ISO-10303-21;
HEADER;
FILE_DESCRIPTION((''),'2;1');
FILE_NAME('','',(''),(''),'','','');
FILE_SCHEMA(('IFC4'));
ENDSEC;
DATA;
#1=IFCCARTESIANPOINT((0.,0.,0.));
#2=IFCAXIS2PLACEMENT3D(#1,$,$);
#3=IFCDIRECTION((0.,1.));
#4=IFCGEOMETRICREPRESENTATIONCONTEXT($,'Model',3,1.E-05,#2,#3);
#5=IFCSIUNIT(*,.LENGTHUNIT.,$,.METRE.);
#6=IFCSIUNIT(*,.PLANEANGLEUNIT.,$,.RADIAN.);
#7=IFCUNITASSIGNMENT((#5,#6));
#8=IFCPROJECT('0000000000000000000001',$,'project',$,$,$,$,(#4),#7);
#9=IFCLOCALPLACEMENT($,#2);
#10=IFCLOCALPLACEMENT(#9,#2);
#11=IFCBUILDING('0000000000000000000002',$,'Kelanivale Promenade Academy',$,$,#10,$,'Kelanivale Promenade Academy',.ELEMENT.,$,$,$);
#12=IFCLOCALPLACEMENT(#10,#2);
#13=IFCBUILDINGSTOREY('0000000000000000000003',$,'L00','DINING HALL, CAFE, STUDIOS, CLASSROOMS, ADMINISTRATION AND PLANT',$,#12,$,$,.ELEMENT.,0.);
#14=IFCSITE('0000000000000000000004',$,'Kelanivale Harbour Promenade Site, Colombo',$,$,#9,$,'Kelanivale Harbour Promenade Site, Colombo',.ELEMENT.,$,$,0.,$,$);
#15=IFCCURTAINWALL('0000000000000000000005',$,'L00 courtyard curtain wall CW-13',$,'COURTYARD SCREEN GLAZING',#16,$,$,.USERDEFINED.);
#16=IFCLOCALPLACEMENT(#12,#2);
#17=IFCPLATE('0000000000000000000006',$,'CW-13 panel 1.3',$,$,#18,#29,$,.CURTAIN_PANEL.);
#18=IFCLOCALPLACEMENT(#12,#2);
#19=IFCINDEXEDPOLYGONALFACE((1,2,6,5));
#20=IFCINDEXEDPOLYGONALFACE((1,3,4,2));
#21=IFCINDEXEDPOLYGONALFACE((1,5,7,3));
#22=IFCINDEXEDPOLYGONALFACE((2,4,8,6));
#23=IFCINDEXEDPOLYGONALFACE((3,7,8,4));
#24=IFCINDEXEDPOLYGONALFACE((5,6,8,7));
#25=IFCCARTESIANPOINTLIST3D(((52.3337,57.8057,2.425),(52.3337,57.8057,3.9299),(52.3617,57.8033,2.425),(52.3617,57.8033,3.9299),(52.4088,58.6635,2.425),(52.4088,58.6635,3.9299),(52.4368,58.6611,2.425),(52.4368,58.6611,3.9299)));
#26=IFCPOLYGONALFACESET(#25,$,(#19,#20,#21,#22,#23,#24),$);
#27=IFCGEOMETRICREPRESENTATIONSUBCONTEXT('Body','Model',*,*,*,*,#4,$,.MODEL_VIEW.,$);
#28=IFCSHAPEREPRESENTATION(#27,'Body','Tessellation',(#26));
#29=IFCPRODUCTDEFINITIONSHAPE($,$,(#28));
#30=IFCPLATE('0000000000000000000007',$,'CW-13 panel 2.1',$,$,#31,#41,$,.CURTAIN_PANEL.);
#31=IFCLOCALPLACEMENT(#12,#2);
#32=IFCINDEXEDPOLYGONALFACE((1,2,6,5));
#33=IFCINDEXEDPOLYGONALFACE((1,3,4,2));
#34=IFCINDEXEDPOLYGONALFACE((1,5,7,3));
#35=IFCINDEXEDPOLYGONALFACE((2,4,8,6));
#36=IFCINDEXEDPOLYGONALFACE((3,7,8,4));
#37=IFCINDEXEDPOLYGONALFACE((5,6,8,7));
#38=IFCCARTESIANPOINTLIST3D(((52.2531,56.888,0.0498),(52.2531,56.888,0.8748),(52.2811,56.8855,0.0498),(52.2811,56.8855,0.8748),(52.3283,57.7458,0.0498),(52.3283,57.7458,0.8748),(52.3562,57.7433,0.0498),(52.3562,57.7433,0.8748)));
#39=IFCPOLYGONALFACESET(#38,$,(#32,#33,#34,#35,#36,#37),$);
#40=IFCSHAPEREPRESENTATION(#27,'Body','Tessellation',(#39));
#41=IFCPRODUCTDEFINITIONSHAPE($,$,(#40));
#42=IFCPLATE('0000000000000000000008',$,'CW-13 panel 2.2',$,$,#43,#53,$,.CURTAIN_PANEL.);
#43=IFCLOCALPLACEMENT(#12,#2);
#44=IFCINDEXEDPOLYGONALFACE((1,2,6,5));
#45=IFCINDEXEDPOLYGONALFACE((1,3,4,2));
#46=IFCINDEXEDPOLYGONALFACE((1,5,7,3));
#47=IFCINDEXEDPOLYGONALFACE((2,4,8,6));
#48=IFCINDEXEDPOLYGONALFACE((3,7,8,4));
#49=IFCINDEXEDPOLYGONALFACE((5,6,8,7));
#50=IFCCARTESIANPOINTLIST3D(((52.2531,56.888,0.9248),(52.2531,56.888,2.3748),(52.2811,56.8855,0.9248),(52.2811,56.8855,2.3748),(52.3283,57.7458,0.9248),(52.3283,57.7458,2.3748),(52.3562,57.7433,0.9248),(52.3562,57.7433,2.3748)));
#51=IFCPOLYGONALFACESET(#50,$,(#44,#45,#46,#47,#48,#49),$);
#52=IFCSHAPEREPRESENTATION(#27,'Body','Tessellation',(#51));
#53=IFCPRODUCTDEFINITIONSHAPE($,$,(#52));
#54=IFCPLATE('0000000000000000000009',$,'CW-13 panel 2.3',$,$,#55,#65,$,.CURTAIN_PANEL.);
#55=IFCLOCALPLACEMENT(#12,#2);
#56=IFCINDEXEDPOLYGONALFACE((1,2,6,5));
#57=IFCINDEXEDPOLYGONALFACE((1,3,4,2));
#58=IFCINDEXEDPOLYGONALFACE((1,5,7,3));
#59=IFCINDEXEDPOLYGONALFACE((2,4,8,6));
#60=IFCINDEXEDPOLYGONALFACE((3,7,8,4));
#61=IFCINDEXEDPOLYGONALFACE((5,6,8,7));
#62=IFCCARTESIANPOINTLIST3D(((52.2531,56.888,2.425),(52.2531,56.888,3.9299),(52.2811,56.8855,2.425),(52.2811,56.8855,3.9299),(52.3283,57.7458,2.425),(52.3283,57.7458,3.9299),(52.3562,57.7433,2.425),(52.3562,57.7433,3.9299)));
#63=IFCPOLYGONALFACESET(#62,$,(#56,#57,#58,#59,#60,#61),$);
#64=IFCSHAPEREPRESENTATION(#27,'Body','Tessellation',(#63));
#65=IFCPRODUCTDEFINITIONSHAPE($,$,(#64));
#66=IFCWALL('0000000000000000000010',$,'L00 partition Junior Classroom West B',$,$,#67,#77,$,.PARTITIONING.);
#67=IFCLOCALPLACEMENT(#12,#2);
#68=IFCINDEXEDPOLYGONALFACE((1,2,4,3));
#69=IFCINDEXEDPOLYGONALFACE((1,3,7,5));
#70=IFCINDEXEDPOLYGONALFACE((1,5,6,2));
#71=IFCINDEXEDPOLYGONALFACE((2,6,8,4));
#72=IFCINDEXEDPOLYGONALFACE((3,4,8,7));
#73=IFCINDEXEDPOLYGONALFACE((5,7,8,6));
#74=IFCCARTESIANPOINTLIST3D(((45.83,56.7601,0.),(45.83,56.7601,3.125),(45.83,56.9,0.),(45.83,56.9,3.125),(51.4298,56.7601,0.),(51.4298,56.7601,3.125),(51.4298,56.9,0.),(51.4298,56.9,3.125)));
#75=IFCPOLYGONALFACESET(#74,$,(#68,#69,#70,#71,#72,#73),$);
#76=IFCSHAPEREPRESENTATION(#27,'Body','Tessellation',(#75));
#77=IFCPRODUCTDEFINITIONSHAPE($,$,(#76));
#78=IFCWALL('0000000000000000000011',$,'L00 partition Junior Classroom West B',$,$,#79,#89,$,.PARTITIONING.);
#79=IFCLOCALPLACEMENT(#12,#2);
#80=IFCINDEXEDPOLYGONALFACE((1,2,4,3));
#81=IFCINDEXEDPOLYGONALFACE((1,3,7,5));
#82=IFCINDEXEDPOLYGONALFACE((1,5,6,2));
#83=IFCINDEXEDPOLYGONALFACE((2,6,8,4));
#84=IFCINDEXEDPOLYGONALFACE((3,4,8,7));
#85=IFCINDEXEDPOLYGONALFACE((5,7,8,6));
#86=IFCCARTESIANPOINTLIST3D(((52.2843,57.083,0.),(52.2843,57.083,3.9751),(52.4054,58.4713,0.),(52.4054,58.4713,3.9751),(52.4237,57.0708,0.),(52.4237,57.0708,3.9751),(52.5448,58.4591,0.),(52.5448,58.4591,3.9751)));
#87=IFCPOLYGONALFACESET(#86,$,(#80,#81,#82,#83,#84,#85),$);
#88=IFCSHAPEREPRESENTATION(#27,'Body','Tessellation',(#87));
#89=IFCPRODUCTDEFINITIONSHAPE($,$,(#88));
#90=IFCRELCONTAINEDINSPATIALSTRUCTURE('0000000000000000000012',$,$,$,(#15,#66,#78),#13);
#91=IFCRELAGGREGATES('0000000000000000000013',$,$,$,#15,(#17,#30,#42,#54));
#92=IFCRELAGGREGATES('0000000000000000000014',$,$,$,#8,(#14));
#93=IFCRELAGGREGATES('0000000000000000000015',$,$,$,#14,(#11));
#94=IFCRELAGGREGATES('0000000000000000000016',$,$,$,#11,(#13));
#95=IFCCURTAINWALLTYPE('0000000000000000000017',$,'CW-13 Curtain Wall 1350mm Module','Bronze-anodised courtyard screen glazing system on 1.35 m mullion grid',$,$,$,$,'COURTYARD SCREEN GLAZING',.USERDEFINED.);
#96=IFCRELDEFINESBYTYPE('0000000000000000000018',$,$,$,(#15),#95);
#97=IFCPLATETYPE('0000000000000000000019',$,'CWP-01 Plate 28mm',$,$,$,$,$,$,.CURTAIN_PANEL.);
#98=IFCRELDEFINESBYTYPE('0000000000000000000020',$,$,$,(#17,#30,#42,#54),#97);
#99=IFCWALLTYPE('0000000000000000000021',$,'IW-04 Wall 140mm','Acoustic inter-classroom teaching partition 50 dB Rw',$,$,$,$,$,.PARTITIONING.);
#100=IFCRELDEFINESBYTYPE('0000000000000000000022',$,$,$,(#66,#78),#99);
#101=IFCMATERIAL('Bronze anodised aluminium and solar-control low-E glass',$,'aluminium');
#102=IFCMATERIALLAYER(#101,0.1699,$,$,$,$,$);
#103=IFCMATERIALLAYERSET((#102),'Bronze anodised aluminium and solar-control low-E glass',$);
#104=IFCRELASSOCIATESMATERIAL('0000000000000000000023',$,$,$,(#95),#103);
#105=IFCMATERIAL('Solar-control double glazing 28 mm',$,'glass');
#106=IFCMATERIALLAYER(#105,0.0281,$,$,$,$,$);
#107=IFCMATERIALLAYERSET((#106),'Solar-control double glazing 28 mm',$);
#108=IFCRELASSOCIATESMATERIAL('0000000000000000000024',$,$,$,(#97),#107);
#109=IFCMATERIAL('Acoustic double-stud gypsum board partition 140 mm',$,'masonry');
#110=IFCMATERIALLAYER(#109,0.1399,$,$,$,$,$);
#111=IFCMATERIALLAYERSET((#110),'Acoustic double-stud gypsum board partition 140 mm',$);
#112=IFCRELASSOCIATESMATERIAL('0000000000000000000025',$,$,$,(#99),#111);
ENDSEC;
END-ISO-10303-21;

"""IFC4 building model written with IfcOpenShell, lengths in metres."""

from ifc_helpers import new_model, si_unit, direction, frame, frame_2d, origin, origin_2d, place, context, subcontext, project, spatial, rectangle, extrude, material, layer, layer_set, type_object, element, aggregate, save


model = new_model("IFC4")

# Units and contexts
model_context = context("Model", 3, precision=1e-05, world=origin(), true_north=direction((0.0, 1.0)))
body_context = subcontext(model_context, "Body", "Model", "MODEL_VIEW")
ifc_project = project(units=[si_unit("LENGTHUNIT", "METRE"), si_unit("PLANEANGLEUNIT", "RADIAN")], contexts=[model_context])

# Site, building, storey
site_placement = place(None, origin())
site = spatial("IfcSite", under=ifc_project, at=site_placement, Name="Kelanivale Harbour Promenade Site, Colombo", LongName="Kelanivale Harbour Promenade Site, Colombo", CompositionType="ELEMENT", RefElevation=0.0)
building_placement = place(site_placement, origin())
building = spatial("IfcBuilding", under=site, at=building_placement, Name="Kelanivale Promenade Academy", LongName="Kelanivale Promenade Academy", CompositionType="ELEMENT")
storey_placement = place(building_placement, origin())
storey = spatial("IfcBuildingStorey", under=building, at=storey_placement, Name="L00", Description="DINING HALL, CAFE, STUDIOS, CLASSROOMS, ADMINISTRATION AND PLANT", CompositionType="ELEMENT", Elevation=0.0)

# Curtain wall
ifc_material_1 = material(Name="Bronze anodised aluminium and solar-control low-E glass", Category="aluminium")
ifc_layer_1 = layer(ifc_material_1, 0.1699)
ifc_layer_set_1 = layer_set([ifc_layer_1], Name="Bronze anodised aluminium and solar-control low-E glass")
curtain_wall_type_1 = type_object("IfcCurtainWallType", Name="CW-13 Curtain Wall 1350mm Module", Description="Bronze-anodised courtyard screen glazing system on 1.35 m mullion grid", ElementType="COURTYARD SCREEN GLAZING", PredefinedType="USERDEFINED", material=ifc_layer_set_1)
curtain_wall_1_placement = place(storey_placement, origin())
curtain_wall_1 = element("IfcCurtainWall", 1, at=curtain_wall_1_placement, inside=storey, type_object=curtain_wall_type_1, Name="L00 courtyard curtain wall CW-13", ObjectType="COURTYARD SCREEN GLAZING", PredefinedType="USERDEFINED")

# Plates
ifc_material_2 = material(Name="Solar-control double glazing 28 mm", Category="glass")
ifc_layer_2 = layer(ifc_material_2, 0.0281)
ifc_layer_set_2 = layer_set([ifc_layer_2], Name="Solar-control double glazing 28 mm")
plate_type = type_object("IfcPlateType", Name="CWP-01 Plate 28mm", PredefinedType="CURTAIN_PANEL", material=ifc_layer_set_2)
plate_1_placement = place(storey_placement, frame((52.3853, 58.2334, 2.425), z_axis=(0.0, 0.0, 1.0), x_axis=(-0.087265, -0.996185, 0.0)))
plate_1 = element("IfcPlate", 2, at=plate_1_placement, type_object=plate_type, Name="CW-13 panel 1.3", PredefinedType="CURTAIN_PANEL", context=body_context, shape_type="SweptSolid", body=[
    extrude(rectangle(XDim=0.8611, YDim=0.0281, at=origin_2d()), origin(), (0.0, 0.0, 1.0), 1.5049),
])
plate_2_placement = place(storey_placement, frame((52.3047, 57.3157, 0.0498), z_axis=(0.0, 0.0, 1.0), x_axis=(-0.087265, -0.996185, 0.0)))
plate_2 = element("IfcPlate", 3, at=plate_2_placement, type_object=plate_type, Name="CW-13 panel 2.1", PredefinedType="CURTAIN_PANEL", context=body_context, shape_type="SweptSolid", body=[
    extrude(rectangle(XDim=0.8611, YDim=0.0281, at=origin_2d()), origin(), (0.0, 0.0, 1.0), 0.825),
])
plate_3_placement = place(storey_placement, frame((52.3047, 57.3157, 0.9248), z_axis=(0.0, 0.0, 1.0), x_axis=(-0.087265, -0.996185, 0.0)))
plate_3 = element("IfcPlate", 4, at=plate_3_placement, type_object=plate_type, Name="CW-13 panel 2.2", PredefinedType="CURTAIN_PANEL", context=body_context, shape_type="SweptSolid", body=[
    extrude(rectangle(XDim=0.8611, YDim=0.0281, at=origin_2d()), origin(), (0.0, 0.0, 1.0), 1.45),
])
plate_4_placement = place(storey_placement, frame((52.3047, 57.3157, 2.425), z_axis=(0.0, 0.0, 1.0), x_axis=(-0.087265, -0.996185, 0.0)))
plate_4 = element("IfcPlate", 5, at=plate_4_placement, type_object=plate_type, Name="CW-13 panel 2.3", PredefinedType="CURTAIN_PANEL", context=body_context, shape_type="SweptSolid", body=[
    extrude(rectangle(XDim=0.8611, YDim=0.0281, at=origin_2d()), origin(), (0.0, 0.0, 1.0), 1.5049),
])
aggregate(curtain_wall_1, [plate_1, plate_2, plate_3, plate_4])

# Walls
ifc_material_3 = material(Name="Acoustic double-stud gypsum board partition 140 mm", Category="masonry")
ifc_layer_3 = layer(ifc_material_3, 0.1399)
ifc_layer_set_3 = layer_set([ifc_layer_3], Name="Acoustic double-stud gypsum board partition 140 mm")
wall_type = type_object("IfcWallType", Name="IW-04 Wall 140mm", Description="Acoustic inter-classroom teaching partition 50 dB Rw", PredefinedType="PARTITIONING", material=ifc_layer_set_3)
wall_1_placement = place(storey_placement, frame((45.8301, 56.8301, 0.0), z_axis=(0.0, 0.0, 1.0), x_axis=(1.0, 0.0, 0.0)))
element("IfcWall", 6, at=wall_1_placement, inside=storey, type_object=wall_type, Name="L00 partition Junior Classroom West B", PredefinedType="PARTITIONING", context=body_context, shape_type="SweptSolid", body=[
    extrude(rectangle(XDim=5.5999, YDim=0.1399, at=frame_2d((2.7998, 0.0))), origin(), (0.0, 0.0, 1.0), 3.125),
])
wall_2_placement = place(storey_placement, frame((52.354, 57.0769, 0.0), z_axis=(0.0, 0.0, 1.0), x_axis=(0.086902, 0.996217, 0.0)))
element("IfcWall", 7, at=wall_2_placement, inside=storey, type_object=wall_type, Name="L00 partition Junior Classroom West B", PredefinedType="PARTITIONING", context=body_context, shape_type="SweptSolid", body=[
    extrude(rectangle(XDim=1.3936, YDim=0.1399, at=frame_2d((0.6968, 0.0))), origin(), (0.0, 0.0, 1.0), 3.9751),
])

save(model, "model.ifc")
